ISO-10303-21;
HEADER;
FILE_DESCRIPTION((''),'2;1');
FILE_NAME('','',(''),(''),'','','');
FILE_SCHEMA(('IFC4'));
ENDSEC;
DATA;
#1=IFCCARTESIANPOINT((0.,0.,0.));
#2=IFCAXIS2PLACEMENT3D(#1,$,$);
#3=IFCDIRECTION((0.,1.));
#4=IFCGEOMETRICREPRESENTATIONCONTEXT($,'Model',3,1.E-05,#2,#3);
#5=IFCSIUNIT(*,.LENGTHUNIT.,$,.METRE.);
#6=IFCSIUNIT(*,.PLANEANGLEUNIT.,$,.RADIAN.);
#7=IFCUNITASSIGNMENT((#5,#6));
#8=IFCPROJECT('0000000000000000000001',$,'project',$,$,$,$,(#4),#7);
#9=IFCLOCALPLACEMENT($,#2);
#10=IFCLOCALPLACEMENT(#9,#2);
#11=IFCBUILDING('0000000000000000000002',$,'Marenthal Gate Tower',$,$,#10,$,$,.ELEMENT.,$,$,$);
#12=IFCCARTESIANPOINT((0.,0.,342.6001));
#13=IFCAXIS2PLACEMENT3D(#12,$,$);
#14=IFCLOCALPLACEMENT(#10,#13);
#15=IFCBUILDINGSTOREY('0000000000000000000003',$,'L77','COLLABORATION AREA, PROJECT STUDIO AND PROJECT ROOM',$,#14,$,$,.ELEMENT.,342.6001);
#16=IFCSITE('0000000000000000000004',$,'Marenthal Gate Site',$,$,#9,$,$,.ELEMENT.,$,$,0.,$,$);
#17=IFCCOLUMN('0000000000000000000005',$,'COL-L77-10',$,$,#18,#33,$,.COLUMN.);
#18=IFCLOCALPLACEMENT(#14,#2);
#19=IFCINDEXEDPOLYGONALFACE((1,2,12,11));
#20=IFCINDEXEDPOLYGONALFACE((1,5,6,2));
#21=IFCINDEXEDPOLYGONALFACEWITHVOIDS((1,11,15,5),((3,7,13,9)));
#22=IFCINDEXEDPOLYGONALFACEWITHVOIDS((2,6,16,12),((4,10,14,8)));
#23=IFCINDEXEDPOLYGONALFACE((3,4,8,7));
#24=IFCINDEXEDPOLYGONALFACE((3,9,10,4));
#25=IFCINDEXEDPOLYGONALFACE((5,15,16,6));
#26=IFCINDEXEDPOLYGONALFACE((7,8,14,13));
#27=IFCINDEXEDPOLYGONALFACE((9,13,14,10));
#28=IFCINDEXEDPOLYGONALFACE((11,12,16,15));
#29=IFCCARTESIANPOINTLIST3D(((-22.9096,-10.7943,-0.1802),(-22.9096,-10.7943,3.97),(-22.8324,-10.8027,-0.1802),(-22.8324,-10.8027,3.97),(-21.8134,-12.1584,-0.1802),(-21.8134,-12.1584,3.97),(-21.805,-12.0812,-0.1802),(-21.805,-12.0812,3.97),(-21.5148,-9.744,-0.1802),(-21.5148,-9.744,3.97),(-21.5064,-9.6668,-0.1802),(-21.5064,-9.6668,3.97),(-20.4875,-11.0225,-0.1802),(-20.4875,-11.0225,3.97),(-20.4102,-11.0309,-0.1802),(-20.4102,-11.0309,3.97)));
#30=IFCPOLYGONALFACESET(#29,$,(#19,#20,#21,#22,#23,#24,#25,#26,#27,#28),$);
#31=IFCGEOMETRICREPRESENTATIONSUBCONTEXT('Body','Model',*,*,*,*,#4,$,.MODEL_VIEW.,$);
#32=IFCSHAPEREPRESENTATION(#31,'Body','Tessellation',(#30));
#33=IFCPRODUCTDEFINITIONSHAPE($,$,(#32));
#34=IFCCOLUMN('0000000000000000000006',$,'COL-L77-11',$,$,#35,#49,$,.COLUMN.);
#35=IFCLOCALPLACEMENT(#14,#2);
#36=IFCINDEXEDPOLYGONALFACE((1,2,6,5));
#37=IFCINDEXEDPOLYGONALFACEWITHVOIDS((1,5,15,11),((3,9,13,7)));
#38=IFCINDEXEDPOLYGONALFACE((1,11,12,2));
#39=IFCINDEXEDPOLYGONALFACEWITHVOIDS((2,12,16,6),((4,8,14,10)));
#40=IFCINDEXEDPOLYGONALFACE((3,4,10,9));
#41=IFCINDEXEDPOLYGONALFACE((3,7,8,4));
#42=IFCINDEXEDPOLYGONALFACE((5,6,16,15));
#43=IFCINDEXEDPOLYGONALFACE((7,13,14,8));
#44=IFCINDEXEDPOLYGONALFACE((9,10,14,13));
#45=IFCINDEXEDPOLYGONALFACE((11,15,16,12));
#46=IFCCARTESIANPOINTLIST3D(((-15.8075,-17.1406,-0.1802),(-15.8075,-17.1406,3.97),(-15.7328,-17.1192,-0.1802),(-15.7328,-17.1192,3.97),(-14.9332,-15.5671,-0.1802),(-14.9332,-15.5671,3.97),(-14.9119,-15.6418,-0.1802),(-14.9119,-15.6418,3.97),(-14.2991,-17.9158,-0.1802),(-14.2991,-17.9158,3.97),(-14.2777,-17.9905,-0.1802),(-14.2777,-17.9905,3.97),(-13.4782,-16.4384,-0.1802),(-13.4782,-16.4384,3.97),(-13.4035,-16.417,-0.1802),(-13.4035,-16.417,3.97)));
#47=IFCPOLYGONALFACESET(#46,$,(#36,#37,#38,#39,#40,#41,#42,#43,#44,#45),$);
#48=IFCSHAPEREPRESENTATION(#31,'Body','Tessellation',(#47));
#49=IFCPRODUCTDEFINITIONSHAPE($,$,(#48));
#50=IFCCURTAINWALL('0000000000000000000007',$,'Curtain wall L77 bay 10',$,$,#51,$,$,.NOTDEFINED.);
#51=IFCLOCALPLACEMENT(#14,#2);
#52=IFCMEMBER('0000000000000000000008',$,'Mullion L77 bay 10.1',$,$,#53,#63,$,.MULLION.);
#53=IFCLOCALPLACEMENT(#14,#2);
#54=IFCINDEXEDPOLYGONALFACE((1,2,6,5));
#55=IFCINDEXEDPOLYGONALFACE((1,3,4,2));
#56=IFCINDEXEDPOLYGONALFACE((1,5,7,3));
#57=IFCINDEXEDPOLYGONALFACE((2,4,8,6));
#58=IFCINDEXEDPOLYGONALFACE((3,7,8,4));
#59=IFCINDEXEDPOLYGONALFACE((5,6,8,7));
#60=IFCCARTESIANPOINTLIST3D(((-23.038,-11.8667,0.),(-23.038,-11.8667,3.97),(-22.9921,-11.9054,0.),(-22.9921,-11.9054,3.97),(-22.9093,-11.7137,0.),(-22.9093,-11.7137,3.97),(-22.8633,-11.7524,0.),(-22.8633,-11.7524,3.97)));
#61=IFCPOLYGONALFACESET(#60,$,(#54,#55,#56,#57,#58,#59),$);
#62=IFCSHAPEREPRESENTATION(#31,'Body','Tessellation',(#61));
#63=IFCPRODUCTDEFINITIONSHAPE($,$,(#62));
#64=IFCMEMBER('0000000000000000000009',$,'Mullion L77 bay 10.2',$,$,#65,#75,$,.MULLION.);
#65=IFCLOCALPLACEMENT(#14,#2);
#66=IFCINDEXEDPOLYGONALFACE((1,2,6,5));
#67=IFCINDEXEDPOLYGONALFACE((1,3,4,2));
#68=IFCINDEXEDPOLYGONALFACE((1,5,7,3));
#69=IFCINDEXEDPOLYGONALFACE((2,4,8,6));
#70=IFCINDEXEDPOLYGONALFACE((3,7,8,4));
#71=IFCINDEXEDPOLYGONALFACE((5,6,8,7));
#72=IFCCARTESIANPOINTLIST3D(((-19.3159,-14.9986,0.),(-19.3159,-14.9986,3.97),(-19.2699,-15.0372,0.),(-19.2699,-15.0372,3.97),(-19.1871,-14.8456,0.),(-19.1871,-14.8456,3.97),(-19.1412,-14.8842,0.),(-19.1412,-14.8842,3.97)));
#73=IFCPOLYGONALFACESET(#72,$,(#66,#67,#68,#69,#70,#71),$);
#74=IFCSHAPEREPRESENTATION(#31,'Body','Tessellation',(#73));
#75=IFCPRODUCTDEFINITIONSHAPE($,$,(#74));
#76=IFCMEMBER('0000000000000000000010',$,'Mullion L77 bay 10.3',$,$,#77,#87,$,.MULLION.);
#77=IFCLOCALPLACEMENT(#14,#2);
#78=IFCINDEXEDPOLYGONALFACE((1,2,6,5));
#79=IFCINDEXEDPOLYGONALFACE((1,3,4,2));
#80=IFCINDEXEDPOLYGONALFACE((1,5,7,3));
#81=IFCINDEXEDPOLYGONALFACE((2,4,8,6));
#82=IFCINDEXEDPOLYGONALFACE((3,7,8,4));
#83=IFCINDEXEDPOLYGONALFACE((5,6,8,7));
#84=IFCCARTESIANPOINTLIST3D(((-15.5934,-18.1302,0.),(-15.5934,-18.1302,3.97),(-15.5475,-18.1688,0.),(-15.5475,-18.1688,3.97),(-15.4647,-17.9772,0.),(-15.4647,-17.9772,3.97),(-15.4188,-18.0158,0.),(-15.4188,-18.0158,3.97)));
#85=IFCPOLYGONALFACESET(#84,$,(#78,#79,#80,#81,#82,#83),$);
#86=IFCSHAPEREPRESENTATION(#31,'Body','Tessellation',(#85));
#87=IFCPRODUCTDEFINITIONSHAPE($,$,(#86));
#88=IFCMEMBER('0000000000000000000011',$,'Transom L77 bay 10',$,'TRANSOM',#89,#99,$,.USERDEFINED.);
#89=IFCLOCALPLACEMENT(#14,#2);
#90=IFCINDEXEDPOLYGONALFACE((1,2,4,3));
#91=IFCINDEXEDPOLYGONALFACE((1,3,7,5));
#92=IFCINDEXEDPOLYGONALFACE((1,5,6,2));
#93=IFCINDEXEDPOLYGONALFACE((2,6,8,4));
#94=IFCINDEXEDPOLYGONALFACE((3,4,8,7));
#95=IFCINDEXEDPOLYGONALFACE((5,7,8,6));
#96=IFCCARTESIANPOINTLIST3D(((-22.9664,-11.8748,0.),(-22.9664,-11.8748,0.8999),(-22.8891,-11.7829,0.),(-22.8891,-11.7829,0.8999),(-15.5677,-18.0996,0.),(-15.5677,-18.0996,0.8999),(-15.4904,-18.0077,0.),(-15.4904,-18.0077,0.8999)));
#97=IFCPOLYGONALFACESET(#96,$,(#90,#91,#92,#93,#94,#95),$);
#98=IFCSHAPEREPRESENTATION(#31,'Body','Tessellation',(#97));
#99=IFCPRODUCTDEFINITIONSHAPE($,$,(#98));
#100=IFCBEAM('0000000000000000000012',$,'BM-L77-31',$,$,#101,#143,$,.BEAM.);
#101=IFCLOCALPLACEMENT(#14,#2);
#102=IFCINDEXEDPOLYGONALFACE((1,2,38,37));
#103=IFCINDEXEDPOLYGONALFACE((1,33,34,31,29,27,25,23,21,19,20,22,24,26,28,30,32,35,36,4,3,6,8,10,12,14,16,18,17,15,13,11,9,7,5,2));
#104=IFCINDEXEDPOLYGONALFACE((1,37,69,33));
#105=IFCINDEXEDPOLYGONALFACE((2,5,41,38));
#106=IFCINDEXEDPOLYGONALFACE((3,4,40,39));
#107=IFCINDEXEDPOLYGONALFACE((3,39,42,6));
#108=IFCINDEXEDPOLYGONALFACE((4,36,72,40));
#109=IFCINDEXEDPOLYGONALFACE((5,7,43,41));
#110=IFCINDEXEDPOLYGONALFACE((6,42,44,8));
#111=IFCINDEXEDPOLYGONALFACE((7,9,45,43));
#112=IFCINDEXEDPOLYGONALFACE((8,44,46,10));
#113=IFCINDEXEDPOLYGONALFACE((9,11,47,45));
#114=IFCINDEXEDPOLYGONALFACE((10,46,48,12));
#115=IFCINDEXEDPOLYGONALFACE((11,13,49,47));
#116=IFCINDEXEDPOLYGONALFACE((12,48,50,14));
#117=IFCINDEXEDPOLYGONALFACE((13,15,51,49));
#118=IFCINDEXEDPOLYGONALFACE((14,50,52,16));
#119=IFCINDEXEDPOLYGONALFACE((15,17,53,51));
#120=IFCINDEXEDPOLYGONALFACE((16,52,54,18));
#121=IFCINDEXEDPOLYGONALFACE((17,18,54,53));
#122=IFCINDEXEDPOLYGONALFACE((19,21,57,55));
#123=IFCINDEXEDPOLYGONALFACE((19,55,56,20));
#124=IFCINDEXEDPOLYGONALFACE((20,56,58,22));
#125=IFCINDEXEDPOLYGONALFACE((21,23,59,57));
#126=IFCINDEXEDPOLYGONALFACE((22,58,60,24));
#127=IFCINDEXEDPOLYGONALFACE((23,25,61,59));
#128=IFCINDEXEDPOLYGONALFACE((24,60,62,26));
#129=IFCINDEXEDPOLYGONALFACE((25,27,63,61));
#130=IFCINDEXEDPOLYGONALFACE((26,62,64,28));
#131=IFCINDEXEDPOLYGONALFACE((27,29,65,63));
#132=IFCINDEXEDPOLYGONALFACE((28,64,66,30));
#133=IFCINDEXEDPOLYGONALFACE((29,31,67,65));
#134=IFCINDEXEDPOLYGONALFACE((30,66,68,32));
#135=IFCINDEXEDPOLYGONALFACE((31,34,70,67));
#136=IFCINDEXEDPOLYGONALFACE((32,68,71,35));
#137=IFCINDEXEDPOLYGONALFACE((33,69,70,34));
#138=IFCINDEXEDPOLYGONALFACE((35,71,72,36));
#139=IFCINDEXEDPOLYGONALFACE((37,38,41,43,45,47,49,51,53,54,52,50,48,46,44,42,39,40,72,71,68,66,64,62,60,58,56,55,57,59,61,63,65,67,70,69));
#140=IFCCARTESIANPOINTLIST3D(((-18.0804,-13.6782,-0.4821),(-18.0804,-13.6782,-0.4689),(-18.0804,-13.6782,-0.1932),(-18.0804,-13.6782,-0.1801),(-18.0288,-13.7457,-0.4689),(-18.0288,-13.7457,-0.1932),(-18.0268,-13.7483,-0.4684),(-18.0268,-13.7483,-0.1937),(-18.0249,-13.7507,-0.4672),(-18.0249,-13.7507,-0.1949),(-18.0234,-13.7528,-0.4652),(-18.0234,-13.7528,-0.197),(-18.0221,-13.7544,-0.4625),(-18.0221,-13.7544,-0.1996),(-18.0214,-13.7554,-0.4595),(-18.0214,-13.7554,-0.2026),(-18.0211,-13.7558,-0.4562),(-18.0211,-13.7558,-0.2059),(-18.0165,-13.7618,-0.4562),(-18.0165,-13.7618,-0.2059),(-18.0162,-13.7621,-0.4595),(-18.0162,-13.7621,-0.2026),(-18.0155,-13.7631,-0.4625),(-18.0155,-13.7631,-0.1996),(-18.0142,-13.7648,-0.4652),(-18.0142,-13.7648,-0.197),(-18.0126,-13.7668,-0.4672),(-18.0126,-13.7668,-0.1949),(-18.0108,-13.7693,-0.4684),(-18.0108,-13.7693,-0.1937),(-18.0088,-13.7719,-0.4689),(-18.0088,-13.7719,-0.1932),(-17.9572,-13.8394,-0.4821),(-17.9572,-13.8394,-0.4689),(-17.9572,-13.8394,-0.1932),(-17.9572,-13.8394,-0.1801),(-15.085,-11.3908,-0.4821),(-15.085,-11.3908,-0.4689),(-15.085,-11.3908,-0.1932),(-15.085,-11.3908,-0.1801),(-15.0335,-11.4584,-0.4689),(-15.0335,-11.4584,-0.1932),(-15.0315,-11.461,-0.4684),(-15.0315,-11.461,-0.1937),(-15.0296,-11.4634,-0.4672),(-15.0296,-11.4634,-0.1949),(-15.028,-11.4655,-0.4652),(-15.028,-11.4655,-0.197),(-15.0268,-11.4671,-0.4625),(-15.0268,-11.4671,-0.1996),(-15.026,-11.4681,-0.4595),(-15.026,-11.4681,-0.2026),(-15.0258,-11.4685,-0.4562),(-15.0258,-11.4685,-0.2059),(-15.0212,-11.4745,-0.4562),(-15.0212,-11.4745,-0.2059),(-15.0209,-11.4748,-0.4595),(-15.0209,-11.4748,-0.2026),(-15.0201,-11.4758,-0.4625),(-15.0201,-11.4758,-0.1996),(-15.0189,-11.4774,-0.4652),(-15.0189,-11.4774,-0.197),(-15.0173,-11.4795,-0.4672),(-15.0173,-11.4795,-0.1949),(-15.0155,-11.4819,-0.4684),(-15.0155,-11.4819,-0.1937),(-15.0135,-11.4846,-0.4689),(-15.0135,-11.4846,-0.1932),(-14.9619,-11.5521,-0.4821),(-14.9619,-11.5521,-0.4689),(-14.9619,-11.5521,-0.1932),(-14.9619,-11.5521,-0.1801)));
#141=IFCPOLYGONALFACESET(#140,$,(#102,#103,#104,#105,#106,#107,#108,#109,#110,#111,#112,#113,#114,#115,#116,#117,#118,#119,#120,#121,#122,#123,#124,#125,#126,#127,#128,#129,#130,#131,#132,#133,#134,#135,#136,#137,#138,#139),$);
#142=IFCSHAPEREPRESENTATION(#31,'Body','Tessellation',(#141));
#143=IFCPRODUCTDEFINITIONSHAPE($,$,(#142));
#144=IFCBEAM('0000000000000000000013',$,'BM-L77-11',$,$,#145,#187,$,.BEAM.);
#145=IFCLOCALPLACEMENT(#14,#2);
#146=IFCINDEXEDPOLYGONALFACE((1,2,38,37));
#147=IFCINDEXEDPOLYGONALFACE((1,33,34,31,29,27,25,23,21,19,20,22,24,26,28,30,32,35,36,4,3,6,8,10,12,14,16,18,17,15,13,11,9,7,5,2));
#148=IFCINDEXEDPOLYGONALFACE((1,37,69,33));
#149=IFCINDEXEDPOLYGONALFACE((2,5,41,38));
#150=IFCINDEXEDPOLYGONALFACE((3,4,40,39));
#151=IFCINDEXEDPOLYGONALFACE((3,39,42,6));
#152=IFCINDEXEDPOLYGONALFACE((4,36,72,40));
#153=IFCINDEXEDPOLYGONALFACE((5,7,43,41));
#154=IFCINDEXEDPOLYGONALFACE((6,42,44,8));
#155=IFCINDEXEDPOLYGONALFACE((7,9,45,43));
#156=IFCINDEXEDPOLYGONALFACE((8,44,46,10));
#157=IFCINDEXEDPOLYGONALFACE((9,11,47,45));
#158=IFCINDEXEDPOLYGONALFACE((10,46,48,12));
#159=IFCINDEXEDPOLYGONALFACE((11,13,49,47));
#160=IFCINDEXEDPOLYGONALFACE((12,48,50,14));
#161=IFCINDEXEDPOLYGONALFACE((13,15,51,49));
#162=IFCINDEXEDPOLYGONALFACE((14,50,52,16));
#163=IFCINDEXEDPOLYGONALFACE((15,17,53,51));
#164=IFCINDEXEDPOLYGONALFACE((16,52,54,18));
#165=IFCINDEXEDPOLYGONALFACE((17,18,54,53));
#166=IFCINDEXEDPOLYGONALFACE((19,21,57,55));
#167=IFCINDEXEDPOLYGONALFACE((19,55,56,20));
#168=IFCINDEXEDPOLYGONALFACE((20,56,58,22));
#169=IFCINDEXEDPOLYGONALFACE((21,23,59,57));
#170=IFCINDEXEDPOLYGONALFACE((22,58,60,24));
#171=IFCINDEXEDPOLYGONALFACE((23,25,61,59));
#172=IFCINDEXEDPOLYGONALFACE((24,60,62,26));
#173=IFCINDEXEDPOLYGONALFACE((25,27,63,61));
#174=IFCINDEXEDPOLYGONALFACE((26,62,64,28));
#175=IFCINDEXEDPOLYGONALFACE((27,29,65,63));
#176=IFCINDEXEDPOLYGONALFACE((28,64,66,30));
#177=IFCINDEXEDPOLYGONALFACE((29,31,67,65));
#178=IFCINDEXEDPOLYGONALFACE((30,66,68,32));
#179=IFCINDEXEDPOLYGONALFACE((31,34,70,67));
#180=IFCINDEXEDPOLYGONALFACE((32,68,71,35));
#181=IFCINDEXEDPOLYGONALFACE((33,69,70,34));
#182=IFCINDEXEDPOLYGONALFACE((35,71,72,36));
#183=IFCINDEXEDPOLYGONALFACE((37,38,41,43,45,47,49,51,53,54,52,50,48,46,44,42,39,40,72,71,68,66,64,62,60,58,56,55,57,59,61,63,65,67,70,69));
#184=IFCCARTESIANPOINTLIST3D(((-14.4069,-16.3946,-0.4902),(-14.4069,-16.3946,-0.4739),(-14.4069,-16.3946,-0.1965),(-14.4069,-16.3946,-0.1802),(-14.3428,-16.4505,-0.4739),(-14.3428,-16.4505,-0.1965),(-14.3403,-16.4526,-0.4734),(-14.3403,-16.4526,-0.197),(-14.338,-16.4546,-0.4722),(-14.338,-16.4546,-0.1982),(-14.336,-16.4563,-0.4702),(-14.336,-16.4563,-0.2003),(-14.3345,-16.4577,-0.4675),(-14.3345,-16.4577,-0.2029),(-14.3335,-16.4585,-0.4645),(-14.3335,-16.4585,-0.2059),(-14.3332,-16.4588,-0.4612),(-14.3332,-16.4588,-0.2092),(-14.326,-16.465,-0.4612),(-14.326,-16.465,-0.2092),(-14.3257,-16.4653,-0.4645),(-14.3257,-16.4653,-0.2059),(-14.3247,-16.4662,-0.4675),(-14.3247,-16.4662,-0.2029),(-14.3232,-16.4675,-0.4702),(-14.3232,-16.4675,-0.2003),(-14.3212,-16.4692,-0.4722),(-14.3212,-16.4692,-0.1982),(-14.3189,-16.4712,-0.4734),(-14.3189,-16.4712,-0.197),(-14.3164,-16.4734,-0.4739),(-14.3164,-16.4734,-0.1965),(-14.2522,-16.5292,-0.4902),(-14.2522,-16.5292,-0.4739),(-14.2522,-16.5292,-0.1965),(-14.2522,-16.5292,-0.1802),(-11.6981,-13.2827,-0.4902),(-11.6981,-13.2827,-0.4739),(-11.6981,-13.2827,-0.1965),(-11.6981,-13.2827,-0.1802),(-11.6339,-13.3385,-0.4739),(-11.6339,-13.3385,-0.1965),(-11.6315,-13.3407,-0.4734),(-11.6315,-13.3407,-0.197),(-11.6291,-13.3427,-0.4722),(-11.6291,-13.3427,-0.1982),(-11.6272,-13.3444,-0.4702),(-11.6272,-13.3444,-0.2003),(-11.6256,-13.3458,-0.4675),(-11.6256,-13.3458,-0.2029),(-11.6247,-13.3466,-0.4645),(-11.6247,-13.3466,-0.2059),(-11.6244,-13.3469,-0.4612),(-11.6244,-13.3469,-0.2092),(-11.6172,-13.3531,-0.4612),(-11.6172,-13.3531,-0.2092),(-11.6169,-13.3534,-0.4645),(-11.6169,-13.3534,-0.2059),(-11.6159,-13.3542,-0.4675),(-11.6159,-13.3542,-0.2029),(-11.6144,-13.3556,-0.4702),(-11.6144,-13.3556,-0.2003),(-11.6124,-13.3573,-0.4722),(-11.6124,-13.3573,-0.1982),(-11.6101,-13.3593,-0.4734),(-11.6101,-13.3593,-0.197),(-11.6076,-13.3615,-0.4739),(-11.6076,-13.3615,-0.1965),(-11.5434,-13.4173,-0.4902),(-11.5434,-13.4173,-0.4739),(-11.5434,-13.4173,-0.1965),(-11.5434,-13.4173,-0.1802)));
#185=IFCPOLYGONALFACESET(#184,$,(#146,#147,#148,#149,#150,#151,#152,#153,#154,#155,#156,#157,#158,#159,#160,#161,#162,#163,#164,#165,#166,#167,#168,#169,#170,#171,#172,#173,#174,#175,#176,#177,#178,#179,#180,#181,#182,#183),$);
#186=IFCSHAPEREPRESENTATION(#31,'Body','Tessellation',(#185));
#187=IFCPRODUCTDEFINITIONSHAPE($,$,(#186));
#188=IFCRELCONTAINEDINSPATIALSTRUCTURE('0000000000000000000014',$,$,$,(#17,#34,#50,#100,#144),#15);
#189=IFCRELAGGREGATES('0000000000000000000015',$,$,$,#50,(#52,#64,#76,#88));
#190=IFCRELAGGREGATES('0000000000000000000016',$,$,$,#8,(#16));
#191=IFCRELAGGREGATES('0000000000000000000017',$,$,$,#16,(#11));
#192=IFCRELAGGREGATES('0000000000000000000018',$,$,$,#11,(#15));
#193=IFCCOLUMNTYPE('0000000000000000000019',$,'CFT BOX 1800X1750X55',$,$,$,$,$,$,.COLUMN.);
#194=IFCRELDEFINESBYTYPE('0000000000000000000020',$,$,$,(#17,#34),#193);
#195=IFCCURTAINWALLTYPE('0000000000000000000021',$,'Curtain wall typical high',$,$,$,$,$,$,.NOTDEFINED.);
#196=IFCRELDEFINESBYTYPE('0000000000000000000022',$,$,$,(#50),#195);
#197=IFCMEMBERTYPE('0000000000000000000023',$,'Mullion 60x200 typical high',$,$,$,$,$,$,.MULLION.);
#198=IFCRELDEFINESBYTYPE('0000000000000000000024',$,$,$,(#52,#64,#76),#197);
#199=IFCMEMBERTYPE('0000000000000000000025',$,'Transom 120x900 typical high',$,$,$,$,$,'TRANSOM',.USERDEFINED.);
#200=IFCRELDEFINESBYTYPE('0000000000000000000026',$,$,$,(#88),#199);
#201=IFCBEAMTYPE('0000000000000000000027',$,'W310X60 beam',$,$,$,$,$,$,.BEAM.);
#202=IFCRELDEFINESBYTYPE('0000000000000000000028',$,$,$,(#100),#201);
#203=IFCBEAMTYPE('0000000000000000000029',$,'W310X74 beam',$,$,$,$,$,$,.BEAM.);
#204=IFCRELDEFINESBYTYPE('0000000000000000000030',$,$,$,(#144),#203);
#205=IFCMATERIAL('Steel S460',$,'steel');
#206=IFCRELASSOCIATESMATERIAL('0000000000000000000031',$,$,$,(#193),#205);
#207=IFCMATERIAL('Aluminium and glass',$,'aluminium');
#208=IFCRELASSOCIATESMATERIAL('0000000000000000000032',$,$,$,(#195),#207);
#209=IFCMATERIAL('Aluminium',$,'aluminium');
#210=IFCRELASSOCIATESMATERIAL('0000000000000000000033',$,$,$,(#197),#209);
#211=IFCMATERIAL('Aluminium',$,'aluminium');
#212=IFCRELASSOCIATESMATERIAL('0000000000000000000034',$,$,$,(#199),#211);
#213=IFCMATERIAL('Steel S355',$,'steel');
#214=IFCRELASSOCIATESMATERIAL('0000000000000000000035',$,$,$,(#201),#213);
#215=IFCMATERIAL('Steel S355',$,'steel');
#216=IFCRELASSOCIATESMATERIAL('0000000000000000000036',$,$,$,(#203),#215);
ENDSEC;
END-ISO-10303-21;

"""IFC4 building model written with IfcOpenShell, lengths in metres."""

from ifc_helpers import new_model, si_unit, direction, frame, origin, origin_2d, place, context, subcontext, project, spatial, rectangle, hollow_rectangle, i_section, extrude, material, material_profile, profile_set, type_object, element, aggregate, save


model = new_model("IFC4")

# Units and contexts
model_context = context("Model", 3, precision=1e-05, world=origin(), true_north=direction((0.0, 1.0)))
body_context = subcontext(model_context, "Body", "Model", "MODEL_VIEW")
ifc_project = project(units=[si_unit("LENGTHUNIT", "METRE"), si_unit("PLANEANGLEUNIT", "RADIAN")], contexts=[model_context])

# Site, building, storey
site_placement = place(None, origin())
site = spatial("IfcSite", under=ifc_project, at=site_placement, Name="Marenthal Gate Site", CompositionType="ELEMENT", RefElevation=0.0)
building_placement = place(site_placement, origin())
building = spatial("IfcBuilding", under=site, at=building_placement, Name="Marenthal Gate Tower", CompositionType="ELEMENT")
storey_placement = place(building_placement, frame((0.0, 0.0, 342.6001)))
storey = spatial("IfcBuildingStorey", under=building, at=storey_placement, Name="L77", Description="COLLABORATION AREA, PROJECT STUDIO AND PROJECT ROOM", CompositionType="ELEMENT", Elevation=342.6001)

# Columns
ifc_material_1 = material(Name="Steel S460", Category="steel")
ifc_material_profile_1 = material_profile(ifc_material_1, hollow_rectangle(XDim=1.75, YDim=1.8, WallThickness=0.0549, at=origin_2d()), Name="CFT BOX 1800X1750X55")
ifc_material_2 = material(Name="Concrete 70 MPa", Category="concrete")
ifc_material_profile_2 = material_profile(ifc_material_2, rectangle(XDim=1.6399, YDim=1.6899, at=origin_2d()), Name="CFT BOX 1800X1750X55 INFILL")
ifc_profile_set_1 = profile_set([ifc_material_profile_1, ifc_material_profile_2], Name="Steel S460 shell, Concrete 70 MPa infill")
column_type = type_object("IfcColumnType", Name="CFT BOX 1800X1750X55", PredefinedType="COLUMN", material=ifc_profile_set_1)
for number, where, z_axis, x_axis, name in (
    (1, (-21.6599, -10.9126, -0.1802), (0.0, 0.0, 1.0), (-0.626371, 0.779525, 0.0), "COL-L77-10"),
    (2, (-14.6055, -16.7788, -0.1802), (0.0, 0.0, 1.0), (-0.874131, 0.48569, 0.0), "COL-L77-11"),
):
    element("IfcColumn", number, at=place(storey_placement, frame(where, z_axis=z_axis, x_axis=x_axis)), inside=storey, type_object=column_type, Name=name, PredefinedType="COLUMN", context=body_context, shape_type="SweptSolid", body=[
        extrude(hollow_rectangle(XDim=1.75, YDim=1.8, WallThickness=0.0549, at=origin_2d()), origin(), (0.0, 0.0, 1.0), 4.1501),
    ])

# Curtain wall, members
ifc_material_3 = material(Name="Aluminium and glass", Category="aluminium")
curtain_wall_type = type_object("IfcCurtainWallType", Name="Curtain wall typical high", PredefinedType="NOTDEFINED", material=ifc_material_3)
curtain_wall_placement = place(storey_placement, origin())
curtain_wall = element("IfcCurtainWall", 3, at=curtain_wall_placement, inside=storey, type_object=curtain_wall_type, Name="Curtain wall L77 bay 10", PredefinedType="NOTDEFINED")
ifc_material_4 = material(Name="Aluminium", Category="aluminium")
ifc_material_profile_3 = material_profile(ifc_material_4, rectangle(XDim=0.2, YDim=0.0601, at=origin_2d()), Name="60x200 aluminium mullion")
ifc_profile_set_2 = profile_set([ifc_material_profile_3], Name="Aluminium")
member_type_1 = type_object("IfcMemberType", Name="Mullion 60x200 typical high", PredefinedType="MULLION", material=ifc_profile_set_2)
member_1_placement = place(storey_placement, frame((-22.9507, -11.8096, 0.0), z_axis=(0.0, 0.0, 1.0), x_axis=(0.643801, 0.765193, 0.0)))
member_1 = element("IfcMember", 4, at=member_1_placement, type_object=member_type_1, Name="Mullion L77 bay 10.1", PredefinedType="MULLION", context=body_context, shape_type="SweptSolid", body=[
    extrude(rectangle(XDim=0.2, YDim=0.0601, at=origin_2d()), origin(), (0.0, 0.0, 1.0), 3.97),
])
member_2_placement = place(storey_placement, frame((-19.2285, -14.9414, 0.0), z_axis=(0.0, 0.0, 1.0), x_axis=(0.643801, 0.765193, 0.0)))
member_2 = element("IfcMember", 5, at=member_2_placement, type_object=member_type_1, Name="Mullion L77 bay 10.2", PredefinedType="MULLION", context=body_context, shape_type="SweptSolid", body=[
    extrude(rectangle(XDim=0.2, YDim=0.0601, at=origin_2d()), origin(), (0.0, 0.0, 1.0), 3.97),
])
member_3_placement = place(storey_placement, frame((-15.5061, -18.073, 0.0), z_axis=(0.0, 0.0, 1.0), x_axis=(0.643801, 0.765193, 0.0)))
member_3 = element("IfcMember", 6, at=member_3_placement, type_object=member_type_1, Name="Mullion L77 bay 10.3", PredefinedType="MULLION", context=body_context, shape_type="SweptSolid", body=[
    extrude(rectangle(XDim=0.2, YDim=0.0601, at=origin_2d()), origin(), (0.0, 0.0, 1.0), 3.97),
])
ifc_material_5 = material(Name="Aluminium", Category="aluminium")
ifc_material_profile_4 = material_profile(ifc_material_5, rectangle(XDim=0.1201, YDim=0.8999, at=origin_2d()), Name="120x900 aluminium transom")
ifc_profile_set_3 = profile_set([ifc_material_profile_4], Name="Aluminium")
member_type_2 = type_object("IfcMemberType", Name="Transom 120x900 typical high", ElementType="TRANSOM", PredefinedType="USERDEFINED", material=ifc_profile_set_3)
member_4_placement = place(storey_placement, frame((-22.9277, -11.8289, 0.45), z_axis=(0.765197, -0.643796, 0.0), x_axis=(0.643796, 0.765197, 0.0)))
member_4 = element("IfcMember", 7, at=member_4_placement, type_object=member_type_2, Name="Transom L77 bay 10", ObjectType="TRANSOM", PredefinedType="USERDEFINED", context=body_context, shape_type="SweptSolid", body=[
    extrude(rectangle(XDim=0.1201, YDim=0.8999, at=origin_2d()), origin(), (0.0, 0.0, 1.0), 9.6689),
])

# Beams
ifc_material_6 = material(Name="Steel S355", Category="steel")
ifc_material_profile_5 = material_profile(ifc_material_6, i_section(OverallWidth=0.2029, OverallDepth=0.302, WebThickness=0.0076, FlangeThickness=0.0132, FilletRadius=0.0127, at=origin_2d()), Name="W310X60")
ifc_profile_set_4 = profile_set([ifc_material_profile_5], Name="Steel S355")
beam_type_1 = type_object("IfcBeamType", Name="W310X60 beam", PredefinedType="BEAM", material=ifc_profile_set_4)
beam_1_placement = place(storey_placement, frame((-18.0188, -13.7588, -0.3311), z_axis=(0.79477, 0.606911, 0.0), x_axis=(-0.606911, 0.79477, 0.0)))
element("IfcBeam", 8, at=beam_1_placement, inside=storey, type_object=beam_type_1, Name="BM-L77-31", PredefinedType="BEAM", context=body_context, shape_type="SweptSolid", body=[
    extrude(i_section(OverallWidth=0.2029, OverallDepth=0.302, WebThickness=0.0076, FlangeThickness=0.0132, FilletRadius=0.0127, at=origin_2d()), origin(), (0.0, 0.0, 1.0), 3.7688),
])
ifc_material_7 = material(Name="Steel S355", Category="steel")
ifc_material_profile_6 = material_profile(ifc_material_7, i_section(OverallWidth=0.2051, OverallDepth=0.3101, WebThickness=0.0095, FlangeThickness=0.0164, FilletRadius=0.0127, at=origin_2d()), Name="W310X74")
ifc_profile_set_5 = profile_set([ifc_material_profile_6], Name="Steel S355")
beam_type_2 = type_object("IfcBeamType", Name="W310X74 beam", PredefinedType="BEAM", material=ifc_profile_set_5)
beam_2_placement = place(storey_placement, frame((-14.3296, -16.4619, -0.3352), z_axis=(0.656567, 0.754268, 0.0), x_axis=(-0.754268, 0.656567, 0.0)))
element("IfcBeam", 9, at=beam_2_placement, inside=storey, type_object=beam_type_2, Name="BM-L77-11", PredefinedType="BEAM", context=body_context, shape_type="SweptSolid", body=[
    extrude(i_section(OverallWidth=0.2051, OverallDepth=0.3101, WebThickness=0.0095, FlangeThickness=0.0164, FilletRadius=0.0127, at=origin_2d()), origin(), (0.0, 0.0, 1.0), 4.1257),
])

aggregate(curtain_wall, [member_1, member_2, member_3, member_4])

save(model, "model.ifc")
